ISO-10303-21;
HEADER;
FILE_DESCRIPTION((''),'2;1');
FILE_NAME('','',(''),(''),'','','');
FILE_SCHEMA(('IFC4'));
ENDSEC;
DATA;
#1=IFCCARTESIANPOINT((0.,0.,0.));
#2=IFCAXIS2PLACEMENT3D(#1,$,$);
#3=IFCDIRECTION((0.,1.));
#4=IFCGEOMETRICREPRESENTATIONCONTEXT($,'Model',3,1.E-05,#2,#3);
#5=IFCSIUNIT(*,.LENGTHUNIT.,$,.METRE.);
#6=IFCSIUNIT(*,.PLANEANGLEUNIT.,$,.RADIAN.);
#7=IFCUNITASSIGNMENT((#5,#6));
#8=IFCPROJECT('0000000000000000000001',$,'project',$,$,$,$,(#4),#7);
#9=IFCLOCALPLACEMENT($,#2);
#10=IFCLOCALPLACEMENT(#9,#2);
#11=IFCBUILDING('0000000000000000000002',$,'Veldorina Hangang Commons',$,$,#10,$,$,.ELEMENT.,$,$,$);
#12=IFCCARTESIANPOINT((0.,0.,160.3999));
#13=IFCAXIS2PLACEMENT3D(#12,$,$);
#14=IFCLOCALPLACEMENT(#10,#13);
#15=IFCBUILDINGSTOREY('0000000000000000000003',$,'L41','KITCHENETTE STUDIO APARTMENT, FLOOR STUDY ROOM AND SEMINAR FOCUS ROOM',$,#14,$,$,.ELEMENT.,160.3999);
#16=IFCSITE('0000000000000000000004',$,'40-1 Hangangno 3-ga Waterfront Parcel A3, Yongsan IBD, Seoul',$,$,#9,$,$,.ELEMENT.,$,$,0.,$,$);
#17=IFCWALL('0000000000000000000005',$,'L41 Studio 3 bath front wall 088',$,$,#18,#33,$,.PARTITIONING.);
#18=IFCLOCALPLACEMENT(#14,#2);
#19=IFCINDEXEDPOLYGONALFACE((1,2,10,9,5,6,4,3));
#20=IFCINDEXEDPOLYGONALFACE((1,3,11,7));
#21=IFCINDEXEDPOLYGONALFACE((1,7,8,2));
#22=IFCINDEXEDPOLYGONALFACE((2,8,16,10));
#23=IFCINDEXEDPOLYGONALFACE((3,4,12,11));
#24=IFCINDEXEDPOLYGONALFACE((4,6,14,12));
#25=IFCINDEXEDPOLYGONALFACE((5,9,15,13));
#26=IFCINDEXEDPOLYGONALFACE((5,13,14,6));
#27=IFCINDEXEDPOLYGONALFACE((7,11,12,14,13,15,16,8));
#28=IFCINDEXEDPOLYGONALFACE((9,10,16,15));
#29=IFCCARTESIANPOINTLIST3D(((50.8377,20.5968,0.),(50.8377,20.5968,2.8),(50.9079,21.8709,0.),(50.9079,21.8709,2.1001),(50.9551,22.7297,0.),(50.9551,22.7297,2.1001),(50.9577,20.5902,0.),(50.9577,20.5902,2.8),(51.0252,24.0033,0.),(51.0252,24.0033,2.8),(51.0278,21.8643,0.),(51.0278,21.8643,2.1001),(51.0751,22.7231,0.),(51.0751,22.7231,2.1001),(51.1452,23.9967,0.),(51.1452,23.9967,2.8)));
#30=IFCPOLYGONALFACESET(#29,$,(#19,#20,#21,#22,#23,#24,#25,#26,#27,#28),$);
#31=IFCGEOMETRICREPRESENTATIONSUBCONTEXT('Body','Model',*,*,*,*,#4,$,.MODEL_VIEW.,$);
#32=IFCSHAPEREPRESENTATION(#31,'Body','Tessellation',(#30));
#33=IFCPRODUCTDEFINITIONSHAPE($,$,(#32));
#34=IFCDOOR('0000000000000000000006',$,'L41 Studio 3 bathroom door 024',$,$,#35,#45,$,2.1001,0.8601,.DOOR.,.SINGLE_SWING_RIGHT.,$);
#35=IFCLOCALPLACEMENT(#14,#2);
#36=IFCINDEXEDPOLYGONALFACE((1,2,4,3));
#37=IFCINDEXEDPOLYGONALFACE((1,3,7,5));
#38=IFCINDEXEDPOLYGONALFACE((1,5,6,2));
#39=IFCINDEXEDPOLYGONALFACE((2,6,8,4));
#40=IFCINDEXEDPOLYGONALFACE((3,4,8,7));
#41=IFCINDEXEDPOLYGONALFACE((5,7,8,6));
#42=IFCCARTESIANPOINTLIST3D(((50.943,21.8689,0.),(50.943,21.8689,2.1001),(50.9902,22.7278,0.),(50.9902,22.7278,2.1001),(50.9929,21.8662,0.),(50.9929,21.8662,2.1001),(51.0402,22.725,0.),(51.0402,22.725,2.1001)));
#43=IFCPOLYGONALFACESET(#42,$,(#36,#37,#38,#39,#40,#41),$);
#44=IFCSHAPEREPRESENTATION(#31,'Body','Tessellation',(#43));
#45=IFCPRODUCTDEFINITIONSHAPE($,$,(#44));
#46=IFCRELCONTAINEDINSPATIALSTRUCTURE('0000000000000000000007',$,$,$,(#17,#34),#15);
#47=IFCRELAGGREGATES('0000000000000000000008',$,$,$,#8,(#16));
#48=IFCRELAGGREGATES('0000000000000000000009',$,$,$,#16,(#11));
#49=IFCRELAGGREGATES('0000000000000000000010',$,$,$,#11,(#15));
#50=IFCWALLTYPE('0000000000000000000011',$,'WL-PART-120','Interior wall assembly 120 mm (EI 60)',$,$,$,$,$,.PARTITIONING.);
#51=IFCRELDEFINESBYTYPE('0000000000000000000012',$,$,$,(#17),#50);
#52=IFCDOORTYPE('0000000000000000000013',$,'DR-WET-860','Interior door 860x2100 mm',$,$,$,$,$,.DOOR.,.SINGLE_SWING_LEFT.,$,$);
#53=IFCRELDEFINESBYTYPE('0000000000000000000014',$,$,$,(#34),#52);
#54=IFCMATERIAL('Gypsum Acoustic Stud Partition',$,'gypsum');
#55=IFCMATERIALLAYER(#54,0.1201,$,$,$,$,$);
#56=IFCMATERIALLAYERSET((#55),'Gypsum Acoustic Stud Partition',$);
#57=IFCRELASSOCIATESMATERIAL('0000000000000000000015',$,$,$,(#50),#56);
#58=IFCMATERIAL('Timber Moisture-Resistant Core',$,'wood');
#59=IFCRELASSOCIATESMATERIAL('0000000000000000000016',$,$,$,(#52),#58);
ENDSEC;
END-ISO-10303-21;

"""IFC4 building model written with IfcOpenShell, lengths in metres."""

from ifc_helpers import new_model, si_unit, direction, frame, frame_2d, origin, place, context, subcontext, project, spatial, rectangle, extrude, material, layer, layer_set, type_object, element, fill, save


model = new_model("IFC4")

# Units and contexts
model_context = context("Model", 3, precision=1e-05, world=origin(), true_north=direction((0.0, 1.0)))
body_context = subcontext(model_context, "Body", "Model", "MODEL_VIEW")
ifc_project = project(units=[si_unit("LENGTHUNIT", "METRE"), si_unit("PLANEANGLEUNIT", "RADIAN")], contexts=[model_context])

# Site, building, storey
site_placement = place(None, origin())
site = spatial("IfcSite", under=ifc_project, at=site_placement, Name="40-1 Hangangno 3-ga Waterfront Parcel A3, Yongsan IBD, Seoul", CompositionType="ELEMENT", RefElevation=0.0)
building_placement = place(site_placement, origin())
building = spatial("IfcBuilding", under=site, at=building_placement, Name="Veldorina Hangang Commons", CompositionType="ELEMENT")
storey_placement = place(building_placement, frame((0.0, 0.0, 160.3999)))
storey = spatial("IfcBuildingStorey", under=building, at=storey_placement, Name="L41", Description="KITCHENETTE STUDIO APARTMENT, FLOOR STUDY ROOM AND SEMINAR FOCUS ROOM", CompositionType="ELEMENT", Elevation=160.3999)

# Shared definitions
ifc_material_1 = material(Name="Gypsum Acoustic Stud Partition", Category="gypsum")
ifc_layer_1 = layer(ifc_material_1, 0.1201)
ifc_layer_set_1 = layer_set([ifc_layer_1], Name="Gypsum Acoustic Stud Partition")
wall_type_1 = type_object("IfcWallType", Name="WL-PART-120", Description="Interior wall assembly 120 mm (EI 60)", PredefinedType="PARTITIONING", material=ifc_layer_set_1)
ifc_material_2 = material(Name="Timber Moisture-Resistant Core", Category="wood")
door_type_1 = type_object("IfcDoorType", Name="DR-WET-860", Description="Interior door 860x2100 mm", OperationType="SINGLE_SWING_LEFT", PredefinedType="DOOR", material=ifc_material_2)

# Wall, opening, door
wall_1_placement = place(storey_placement, frame((50.8977, 20.5935, 0.0), z_axis=(0.0, 0.0, 1.0), x_axis=(0.054959, 0.998489, 0.0)))
wall_1 = element("IfcWall", 1, at=wall_1_placement, inside=storey, type_object=wall_type_1, Name="L41 Studio 3 bath front wall 088", PredefinedType="PARTITIONING", context=body_context, shape_type="SweptSolid", body=[
    extrude(rectangle(XDim=3.4116, YDim=0.1201, at=frame_2d((1.7058, 0.0))), origin(), (0.0, 0.0, 1.0), 2.8),
])
opening_1_placement = place(wall_1_placement, frame((1.2759, 0.0, 0.0)))
opening_1 = element("IfcOpeningElement", 2, at=opening_1_placement, cuts=wall_1, PredefinedType="OPENING", context=body_context, shape_type="SweptSolid", body=[
    extrude(rectangle(XDim=0.8601, YDim=2.1001, at=frame_2d((0.4302, 1.05))), frame((0.0, 0.0701, 0.0), z_axis=(0.0, -1.0, 0.0), x_axis=(1.0, 0.0, 0.0)), (0.0, 0.0, 1.0), 0.1401),
])
door_1_placement = place(opening_1_placement, origin())
door_1 = element("IfcDoor", 3, at=door_1_placement, inside=storey, type_object=door_type_1, Name="L41 Studio 3 bathroom door 024", OperationType="SINGLE_SWING_RIGHT", OverallHeight=2.1001, OverallWidth=0.8601, PredefinedType="DOOR", context=body_context, shape_type="SweptSolid", body=[
    extrude(rectangle(XDim=0.8601, YDim=2.1001, at=frame_2d((0.4302, 1.05))), frame((0.0, 0.0249, 0.0), z_axis=(0.0, -1.0, 0.0), x_axis=(1.0, 0.0, 0.0)), (0.0, 0.0, 1.0), 0.05),
])
fill(opening_1, door_1)

save(model, "model.ifc")
